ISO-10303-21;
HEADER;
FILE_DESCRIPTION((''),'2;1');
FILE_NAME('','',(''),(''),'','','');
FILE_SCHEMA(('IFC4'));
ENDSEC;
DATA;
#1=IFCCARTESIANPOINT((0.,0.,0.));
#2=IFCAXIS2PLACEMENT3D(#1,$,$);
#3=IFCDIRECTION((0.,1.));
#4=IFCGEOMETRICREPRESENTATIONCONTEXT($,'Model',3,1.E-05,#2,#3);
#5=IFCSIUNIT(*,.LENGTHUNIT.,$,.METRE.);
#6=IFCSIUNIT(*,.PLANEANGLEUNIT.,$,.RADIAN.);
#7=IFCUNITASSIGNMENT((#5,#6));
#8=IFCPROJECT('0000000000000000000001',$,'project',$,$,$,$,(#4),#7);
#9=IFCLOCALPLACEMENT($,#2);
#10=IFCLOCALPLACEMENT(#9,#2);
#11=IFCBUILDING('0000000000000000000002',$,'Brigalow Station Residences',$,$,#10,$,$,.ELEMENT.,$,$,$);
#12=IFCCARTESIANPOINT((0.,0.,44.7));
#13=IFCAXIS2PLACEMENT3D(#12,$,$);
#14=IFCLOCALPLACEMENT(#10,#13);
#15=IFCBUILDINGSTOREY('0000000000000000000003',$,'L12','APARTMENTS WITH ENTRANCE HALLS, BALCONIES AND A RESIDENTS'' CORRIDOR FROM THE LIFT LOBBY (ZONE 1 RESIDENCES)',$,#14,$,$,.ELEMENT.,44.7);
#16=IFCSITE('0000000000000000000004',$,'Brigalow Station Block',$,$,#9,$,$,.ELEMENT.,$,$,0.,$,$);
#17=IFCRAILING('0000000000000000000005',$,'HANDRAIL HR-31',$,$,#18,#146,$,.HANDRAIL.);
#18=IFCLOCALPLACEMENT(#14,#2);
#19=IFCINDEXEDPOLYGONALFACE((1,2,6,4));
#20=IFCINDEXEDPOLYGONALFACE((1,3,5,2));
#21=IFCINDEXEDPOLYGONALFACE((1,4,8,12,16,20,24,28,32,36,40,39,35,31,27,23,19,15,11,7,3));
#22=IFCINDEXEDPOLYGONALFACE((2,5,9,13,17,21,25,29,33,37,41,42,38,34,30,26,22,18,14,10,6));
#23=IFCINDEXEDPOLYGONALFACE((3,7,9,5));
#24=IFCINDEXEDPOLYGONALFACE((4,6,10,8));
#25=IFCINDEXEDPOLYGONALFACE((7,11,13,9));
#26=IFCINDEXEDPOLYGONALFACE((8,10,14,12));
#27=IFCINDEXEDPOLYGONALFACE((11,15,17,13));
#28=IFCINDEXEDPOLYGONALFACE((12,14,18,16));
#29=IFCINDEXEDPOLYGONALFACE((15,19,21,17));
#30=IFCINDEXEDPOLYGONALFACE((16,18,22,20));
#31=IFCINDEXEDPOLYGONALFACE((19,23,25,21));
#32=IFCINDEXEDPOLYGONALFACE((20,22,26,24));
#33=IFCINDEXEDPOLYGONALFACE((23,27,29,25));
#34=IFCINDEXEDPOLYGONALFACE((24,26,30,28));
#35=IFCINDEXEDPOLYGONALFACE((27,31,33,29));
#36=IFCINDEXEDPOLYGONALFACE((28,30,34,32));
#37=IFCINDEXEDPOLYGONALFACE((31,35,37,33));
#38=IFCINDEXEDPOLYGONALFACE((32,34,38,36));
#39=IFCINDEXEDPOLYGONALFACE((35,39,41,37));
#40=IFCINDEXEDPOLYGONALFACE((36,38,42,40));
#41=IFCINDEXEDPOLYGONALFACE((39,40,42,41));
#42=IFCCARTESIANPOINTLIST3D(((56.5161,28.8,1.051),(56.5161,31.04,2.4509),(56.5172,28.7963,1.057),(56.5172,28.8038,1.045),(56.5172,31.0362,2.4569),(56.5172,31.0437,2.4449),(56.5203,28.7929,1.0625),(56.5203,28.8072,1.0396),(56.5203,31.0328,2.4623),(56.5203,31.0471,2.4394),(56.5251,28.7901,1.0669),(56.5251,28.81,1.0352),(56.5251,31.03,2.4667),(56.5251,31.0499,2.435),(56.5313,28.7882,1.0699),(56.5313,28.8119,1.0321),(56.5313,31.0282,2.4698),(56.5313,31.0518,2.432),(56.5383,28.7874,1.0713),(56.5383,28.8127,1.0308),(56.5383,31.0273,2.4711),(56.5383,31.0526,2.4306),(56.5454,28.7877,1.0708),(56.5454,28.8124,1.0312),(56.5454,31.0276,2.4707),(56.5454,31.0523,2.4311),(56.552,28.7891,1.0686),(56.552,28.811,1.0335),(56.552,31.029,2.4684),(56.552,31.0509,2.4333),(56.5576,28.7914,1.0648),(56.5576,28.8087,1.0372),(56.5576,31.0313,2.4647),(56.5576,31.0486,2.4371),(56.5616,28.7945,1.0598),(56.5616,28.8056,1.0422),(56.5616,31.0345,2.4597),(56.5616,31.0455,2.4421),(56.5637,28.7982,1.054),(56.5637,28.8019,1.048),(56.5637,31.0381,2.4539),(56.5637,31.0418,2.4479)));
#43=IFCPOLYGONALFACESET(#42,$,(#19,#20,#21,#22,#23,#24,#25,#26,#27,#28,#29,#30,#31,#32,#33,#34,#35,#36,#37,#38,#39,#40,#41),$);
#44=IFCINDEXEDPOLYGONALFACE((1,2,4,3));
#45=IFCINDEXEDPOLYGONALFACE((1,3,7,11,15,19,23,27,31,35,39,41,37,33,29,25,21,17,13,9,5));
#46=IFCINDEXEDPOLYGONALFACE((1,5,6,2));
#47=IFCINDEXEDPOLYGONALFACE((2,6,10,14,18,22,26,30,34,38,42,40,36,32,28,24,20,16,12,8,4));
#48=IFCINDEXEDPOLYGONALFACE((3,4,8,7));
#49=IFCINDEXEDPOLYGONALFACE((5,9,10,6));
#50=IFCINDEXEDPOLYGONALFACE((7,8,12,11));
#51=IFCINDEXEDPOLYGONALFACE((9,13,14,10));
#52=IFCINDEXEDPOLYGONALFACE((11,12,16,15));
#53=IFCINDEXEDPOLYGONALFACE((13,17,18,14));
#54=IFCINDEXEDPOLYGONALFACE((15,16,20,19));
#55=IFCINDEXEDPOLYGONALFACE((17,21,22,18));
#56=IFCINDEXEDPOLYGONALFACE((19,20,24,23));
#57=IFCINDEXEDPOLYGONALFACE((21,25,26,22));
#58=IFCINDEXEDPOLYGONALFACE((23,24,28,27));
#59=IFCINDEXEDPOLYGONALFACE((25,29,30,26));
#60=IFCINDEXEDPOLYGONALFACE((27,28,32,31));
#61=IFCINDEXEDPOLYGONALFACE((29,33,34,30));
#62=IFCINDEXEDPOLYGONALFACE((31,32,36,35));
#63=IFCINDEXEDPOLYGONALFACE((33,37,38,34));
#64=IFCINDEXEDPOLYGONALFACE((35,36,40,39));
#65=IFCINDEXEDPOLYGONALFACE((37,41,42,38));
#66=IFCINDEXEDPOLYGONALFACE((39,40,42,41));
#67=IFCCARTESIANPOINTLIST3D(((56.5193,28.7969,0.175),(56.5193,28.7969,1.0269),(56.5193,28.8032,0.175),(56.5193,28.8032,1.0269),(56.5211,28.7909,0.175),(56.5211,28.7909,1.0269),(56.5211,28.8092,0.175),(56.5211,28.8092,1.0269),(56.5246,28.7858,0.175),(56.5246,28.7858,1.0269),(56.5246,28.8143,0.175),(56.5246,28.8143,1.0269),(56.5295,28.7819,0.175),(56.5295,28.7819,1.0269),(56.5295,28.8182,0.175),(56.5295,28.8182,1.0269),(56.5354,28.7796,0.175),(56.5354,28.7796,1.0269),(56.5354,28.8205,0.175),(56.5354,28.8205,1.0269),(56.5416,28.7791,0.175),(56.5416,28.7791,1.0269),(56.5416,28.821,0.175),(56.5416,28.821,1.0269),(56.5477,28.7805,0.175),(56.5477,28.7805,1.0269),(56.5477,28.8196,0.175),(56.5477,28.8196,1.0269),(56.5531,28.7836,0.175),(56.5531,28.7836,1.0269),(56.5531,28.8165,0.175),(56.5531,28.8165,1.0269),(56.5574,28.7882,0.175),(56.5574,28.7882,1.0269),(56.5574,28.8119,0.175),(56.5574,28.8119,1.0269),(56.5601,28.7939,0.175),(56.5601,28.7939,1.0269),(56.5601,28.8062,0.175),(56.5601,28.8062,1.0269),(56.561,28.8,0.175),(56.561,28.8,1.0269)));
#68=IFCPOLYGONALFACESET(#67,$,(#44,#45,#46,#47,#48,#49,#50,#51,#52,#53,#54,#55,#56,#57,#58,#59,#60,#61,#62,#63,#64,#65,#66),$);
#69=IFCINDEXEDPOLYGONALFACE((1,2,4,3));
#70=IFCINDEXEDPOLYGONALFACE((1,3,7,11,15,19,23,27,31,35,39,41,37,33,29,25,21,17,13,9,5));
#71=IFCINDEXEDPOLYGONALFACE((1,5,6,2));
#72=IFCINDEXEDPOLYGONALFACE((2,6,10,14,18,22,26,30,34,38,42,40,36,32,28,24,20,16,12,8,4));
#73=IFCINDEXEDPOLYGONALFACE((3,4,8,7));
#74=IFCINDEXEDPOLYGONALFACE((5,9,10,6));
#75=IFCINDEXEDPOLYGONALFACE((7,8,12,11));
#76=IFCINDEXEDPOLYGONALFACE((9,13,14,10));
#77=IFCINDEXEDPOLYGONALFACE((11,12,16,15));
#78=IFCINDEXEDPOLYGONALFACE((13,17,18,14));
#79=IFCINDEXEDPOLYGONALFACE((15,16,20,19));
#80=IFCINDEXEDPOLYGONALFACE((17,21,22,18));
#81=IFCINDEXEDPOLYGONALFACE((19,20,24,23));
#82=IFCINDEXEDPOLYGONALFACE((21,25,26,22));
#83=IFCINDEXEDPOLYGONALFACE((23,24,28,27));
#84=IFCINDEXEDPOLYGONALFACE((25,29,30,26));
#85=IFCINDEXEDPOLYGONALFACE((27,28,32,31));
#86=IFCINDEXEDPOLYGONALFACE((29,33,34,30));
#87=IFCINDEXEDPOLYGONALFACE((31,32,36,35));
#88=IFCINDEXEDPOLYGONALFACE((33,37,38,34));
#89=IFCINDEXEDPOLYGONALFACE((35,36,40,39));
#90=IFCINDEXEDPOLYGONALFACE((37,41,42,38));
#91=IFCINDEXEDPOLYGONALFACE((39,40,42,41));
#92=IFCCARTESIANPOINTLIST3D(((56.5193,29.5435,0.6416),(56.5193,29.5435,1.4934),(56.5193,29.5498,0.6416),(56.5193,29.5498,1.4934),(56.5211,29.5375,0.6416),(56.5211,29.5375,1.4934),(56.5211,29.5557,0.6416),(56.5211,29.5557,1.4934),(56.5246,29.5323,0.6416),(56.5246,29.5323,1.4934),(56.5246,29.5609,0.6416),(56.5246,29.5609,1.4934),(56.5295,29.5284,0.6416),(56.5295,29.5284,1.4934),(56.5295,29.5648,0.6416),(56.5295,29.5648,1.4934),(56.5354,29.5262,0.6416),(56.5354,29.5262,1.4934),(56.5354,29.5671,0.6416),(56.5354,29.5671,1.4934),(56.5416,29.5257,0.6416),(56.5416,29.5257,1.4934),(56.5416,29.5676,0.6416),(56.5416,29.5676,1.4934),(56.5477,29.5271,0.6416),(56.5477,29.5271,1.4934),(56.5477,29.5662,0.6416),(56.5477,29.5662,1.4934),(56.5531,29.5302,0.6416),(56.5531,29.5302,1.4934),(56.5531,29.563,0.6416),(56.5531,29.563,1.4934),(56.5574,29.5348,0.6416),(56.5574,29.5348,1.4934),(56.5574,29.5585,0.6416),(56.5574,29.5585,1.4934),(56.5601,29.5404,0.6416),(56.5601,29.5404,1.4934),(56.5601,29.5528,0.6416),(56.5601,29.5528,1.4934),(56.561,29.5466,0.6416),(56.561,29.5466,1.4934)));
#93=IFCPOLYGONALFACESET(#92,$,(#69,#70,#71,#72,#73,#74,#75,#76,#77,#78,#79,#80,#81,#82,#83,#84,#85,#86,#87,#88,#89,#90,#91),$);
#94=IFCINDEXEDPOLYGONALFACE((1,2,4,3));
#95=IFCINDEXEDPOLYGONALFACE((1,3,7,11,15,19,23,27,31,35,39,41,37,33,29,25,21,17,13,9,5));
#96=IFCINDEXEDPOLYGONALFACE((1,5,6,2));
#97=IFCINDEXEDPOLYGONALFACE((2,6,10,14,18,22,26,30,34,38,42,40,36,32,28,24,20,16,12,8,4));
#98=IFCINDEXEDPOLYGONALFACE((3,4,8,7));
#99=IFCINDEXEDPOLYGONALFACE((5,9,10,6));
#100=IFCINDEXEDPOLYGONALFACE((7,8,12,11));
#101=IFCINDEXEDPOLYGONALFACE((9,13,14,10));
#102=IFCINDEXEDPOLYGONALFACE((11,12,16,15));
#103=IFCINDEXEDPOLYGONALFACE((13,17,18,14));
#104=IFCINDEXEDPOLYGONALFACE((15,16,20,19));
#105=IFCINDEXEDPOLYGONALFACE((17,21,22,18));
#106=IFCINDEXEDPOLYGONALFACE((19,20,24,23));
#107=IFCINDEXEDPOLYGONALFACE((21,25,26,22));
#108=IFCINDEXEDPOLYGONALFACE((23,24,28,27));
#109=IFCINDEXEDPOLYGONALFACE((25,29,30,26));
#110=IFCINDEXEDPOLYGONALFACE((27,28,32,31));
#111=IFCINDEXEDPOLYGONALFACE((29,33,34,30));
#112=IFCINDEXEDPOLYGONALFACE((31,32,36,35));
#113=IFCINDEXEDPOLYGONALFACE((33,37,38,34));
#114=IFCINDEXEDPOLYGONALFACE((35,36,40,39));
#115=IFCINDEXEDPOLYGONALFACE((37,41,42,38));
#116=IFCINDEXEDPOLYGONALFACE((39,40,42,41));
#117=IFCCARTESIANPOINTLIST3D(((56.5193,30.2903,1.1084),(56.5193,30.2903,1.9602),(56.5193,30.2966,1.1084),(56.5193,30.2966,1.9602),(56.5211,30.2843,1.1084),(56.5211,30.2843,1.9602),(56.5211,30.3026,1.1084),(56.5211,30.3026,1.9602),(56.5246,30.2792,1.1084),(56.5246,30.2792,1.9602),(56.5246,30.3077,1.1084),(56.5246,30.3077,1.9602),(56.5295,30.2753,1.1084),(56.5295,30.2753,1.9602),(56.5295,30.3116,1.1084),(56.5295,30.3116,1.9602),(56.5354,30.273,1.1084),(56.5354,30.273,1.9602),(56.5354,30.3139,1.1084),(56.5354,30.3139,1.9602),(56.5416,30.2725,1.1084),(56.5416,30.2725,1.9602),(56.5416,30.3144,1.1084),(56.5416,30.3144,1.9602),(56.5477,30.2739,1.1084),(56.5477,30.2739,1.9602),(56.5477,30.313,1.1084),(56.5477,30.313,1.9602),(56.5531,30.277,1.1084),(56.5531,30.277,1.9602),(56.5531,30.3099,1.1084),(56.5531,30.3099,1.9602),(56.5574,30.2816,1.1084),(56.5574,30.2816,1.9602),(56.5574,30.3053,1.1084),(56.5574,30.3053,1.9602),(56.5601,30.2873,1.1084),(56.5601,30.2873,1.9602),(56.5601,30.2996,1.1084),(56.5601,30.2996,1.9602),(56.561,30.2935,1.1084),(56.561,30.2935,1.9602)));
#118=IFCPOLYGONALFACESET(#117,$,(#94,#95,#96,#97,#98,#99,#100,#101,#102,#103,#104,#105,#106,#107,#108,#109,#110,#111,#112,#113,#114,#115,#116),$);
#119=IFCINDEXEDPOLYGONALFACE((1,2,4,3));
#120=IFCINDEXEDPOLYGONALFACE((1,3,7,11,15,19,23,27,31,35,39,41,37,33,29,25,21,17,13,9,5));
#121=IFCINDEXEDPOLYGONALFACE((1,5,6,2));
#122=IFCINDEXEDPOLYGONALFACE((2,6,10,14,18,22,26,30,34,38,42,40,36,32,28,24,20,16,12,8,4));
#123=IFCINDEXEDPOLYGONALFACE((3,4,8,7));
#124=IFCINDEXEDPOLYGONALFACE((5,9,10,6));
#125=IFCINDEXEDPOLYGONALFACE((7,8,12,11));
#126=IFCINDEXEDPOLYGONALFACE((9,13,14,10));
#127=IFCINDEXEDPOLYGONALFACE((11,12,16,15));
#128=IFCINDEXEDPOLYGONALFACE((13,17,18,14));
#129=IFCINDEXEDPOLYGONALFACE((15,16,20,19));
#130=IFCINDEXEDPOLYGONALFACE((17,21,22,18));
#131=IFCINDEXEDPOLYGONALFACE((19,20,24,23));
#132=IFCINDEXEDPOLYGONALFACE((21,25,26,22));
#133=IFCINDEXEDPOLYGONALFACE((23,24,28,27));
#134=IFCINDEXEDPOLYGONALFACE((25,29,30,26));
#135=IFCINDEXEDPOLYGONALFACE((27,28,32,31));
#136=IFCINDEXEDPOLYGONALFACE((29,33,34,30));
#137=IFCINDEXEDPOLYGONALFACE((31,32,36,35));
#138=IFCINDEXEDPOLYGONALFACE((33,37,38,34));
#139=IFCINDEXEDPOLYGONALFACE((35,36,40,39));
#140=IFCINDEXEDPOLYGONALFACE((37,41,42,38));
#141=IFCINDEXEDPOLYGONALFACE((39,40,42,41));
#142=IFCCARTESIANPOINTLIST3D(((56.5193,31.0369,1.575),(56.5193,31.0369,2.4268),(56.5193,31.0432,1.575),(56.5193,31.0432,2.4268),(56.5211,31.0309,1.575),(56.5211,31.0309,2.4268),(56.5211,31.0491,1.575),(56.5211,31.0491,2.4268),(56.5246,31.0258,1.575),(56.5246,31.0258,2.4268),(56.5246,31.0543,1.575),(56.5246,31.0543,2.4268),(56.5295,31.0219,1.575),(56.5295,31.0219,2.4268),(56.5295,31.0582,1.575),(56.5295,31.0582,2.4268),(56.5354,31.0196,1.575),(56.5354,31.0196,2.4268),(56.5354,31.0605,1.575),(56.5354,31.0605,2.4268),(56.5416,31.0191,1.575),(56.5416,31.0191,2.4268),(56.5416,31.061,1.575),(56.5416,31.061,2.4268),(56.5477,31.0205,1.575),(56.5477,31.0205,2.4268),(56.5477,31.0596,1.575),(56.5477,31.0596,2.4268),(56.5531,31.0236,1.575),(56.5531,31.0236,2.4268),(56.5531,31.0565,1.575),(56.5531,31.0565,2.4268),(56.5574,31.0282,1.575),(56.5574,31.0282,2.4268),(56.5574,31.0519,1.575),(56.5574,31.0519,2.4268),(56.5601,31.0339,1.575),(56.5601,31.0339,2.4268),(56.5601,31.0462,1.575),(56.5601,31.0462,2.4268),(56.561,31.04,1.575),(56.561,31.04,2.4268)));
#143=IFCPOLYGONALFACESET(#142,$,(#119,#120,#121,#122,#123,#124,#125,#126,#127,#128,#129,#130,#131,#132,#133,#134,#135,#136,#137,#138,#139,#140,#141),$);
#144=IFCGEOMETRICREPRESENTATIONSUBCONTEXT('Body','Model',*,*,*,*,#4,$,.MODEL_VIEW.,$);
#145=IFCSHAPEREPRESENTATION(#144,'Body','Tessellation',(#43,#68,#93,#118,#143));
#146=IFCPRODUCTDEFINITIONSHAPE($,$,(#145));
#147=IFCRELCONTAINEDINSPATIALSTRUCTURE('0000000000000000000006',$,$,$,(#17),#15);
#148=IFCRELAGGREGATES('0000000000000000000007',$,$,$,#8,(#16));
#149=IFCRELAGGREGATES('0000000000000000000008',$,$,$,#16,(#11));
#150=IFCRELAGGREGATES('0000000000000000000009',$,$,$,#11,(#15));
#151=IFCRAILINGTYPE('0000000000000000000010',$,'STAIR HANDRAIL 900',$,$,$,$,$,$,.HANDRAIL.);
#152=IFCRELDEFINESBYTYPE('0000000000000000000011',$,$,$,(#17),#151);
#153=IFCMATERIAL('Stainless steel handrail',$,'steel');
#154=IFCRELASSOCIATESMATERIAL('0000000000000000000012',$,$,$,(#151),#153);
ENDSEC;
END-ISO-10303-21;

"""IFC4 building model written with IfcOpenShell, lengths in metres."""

from ifc_helpers import new_model, si_unit, direction, frame, origin, origin_2d, place, context, subcontext, project, spatial, circle, extrude, material, type_object, element, save


model = new_model("IFC4")

# Units and contexts
model_context = context("Model", 3, precision=1e-05, world=origin(), true_north=direction((0.0, 1.0)))
body_context = subcontext(model_context, "Body", "Model", "MODEL_VIEW")
ifc_project = project(units=[si_unit("LENGTHUNIT", "METRE"), si_unit("PLANEANGLEUNIT", "RADIAN")], contexts=[model_context])

# Site, building, storey
site_placement = place(None, origin())
site = spatial("IfcSite", under=ifc_project, at=site_placement, Name="Brigalow Station Block", CompositionType="ELEMENT", RefElevation=0.0)
building_placement = place(site_placement, origin())
building = spatial("IfcBuilding", under=site, at=building_placement, Name="Brigalow Station Residences", CompositionType="ELEMENT")
storey_placement = place(building_placement, frame((0.0, 0.0, 44.7)))
storey = spatial("IfcBuildingStorey", under=building, at=storey_placement, Name="L12", Description="APARTMENTS WITH ENTRANCE HALLS, BALCONIES AND A RESIDENTS' CORRIDOR FROM THE LIFT LOBBY (ZONE 1 RESIDENCES)", CompositionType="ELEMENT", Elevation=44.7)

# Railing
ifc_material_1 = material(Name="Stainless steel handrail", Category="steel")
railing_type = type_object("IfcRailingType", Name="STAIR HANDRAIL 900", PredefinedType="HANDRAIL", material=ifc_material_1)
railing_placement = place(storey_placement, frame((56.54, 28.8, 0.175)))
element("IfcRailing", 1, at=railing_placement, inside=storey, type_object=railing_type, Name="HANDRAIL HR-31", PredefinedType="HANDRAIL", context=body_context, shape_type="SweptSolid", body=[
    extrude(circle(Radius=0.0239, at=origin_2d()), frame((0.0, 0.0, 0.876), z_axis=(0.0, 0.848014, 0.529974), x_axis=(-1.0, 0.0, 0.0)), (0.0, 0.0, 1.0), 2.6414),
    extrude(circle(Radius=0.021, at=origin_2d()), origin(), (0.0, 0.0, 1.0), 0.8518),
    extrude(circle(Radius=0.021, at=origin_2d()), frame((0.0, 0.7466, 0.4666)), (0.0, 0.0, 1.0), 0.8518),
    extrude(circle(Radius=0.021, at=origin_2d()), frame((0.0, 1.4934, 0.9333)), (0.0, 0.0, 1.0), 0.8518),
    extrude(circle(Radius=0.021, at=origin_2d()), frame((0.0, 2.24, 1.3999)), (0.0, 0.0, 1.0), 0.8518),
])

save(model, "model.ifc")
